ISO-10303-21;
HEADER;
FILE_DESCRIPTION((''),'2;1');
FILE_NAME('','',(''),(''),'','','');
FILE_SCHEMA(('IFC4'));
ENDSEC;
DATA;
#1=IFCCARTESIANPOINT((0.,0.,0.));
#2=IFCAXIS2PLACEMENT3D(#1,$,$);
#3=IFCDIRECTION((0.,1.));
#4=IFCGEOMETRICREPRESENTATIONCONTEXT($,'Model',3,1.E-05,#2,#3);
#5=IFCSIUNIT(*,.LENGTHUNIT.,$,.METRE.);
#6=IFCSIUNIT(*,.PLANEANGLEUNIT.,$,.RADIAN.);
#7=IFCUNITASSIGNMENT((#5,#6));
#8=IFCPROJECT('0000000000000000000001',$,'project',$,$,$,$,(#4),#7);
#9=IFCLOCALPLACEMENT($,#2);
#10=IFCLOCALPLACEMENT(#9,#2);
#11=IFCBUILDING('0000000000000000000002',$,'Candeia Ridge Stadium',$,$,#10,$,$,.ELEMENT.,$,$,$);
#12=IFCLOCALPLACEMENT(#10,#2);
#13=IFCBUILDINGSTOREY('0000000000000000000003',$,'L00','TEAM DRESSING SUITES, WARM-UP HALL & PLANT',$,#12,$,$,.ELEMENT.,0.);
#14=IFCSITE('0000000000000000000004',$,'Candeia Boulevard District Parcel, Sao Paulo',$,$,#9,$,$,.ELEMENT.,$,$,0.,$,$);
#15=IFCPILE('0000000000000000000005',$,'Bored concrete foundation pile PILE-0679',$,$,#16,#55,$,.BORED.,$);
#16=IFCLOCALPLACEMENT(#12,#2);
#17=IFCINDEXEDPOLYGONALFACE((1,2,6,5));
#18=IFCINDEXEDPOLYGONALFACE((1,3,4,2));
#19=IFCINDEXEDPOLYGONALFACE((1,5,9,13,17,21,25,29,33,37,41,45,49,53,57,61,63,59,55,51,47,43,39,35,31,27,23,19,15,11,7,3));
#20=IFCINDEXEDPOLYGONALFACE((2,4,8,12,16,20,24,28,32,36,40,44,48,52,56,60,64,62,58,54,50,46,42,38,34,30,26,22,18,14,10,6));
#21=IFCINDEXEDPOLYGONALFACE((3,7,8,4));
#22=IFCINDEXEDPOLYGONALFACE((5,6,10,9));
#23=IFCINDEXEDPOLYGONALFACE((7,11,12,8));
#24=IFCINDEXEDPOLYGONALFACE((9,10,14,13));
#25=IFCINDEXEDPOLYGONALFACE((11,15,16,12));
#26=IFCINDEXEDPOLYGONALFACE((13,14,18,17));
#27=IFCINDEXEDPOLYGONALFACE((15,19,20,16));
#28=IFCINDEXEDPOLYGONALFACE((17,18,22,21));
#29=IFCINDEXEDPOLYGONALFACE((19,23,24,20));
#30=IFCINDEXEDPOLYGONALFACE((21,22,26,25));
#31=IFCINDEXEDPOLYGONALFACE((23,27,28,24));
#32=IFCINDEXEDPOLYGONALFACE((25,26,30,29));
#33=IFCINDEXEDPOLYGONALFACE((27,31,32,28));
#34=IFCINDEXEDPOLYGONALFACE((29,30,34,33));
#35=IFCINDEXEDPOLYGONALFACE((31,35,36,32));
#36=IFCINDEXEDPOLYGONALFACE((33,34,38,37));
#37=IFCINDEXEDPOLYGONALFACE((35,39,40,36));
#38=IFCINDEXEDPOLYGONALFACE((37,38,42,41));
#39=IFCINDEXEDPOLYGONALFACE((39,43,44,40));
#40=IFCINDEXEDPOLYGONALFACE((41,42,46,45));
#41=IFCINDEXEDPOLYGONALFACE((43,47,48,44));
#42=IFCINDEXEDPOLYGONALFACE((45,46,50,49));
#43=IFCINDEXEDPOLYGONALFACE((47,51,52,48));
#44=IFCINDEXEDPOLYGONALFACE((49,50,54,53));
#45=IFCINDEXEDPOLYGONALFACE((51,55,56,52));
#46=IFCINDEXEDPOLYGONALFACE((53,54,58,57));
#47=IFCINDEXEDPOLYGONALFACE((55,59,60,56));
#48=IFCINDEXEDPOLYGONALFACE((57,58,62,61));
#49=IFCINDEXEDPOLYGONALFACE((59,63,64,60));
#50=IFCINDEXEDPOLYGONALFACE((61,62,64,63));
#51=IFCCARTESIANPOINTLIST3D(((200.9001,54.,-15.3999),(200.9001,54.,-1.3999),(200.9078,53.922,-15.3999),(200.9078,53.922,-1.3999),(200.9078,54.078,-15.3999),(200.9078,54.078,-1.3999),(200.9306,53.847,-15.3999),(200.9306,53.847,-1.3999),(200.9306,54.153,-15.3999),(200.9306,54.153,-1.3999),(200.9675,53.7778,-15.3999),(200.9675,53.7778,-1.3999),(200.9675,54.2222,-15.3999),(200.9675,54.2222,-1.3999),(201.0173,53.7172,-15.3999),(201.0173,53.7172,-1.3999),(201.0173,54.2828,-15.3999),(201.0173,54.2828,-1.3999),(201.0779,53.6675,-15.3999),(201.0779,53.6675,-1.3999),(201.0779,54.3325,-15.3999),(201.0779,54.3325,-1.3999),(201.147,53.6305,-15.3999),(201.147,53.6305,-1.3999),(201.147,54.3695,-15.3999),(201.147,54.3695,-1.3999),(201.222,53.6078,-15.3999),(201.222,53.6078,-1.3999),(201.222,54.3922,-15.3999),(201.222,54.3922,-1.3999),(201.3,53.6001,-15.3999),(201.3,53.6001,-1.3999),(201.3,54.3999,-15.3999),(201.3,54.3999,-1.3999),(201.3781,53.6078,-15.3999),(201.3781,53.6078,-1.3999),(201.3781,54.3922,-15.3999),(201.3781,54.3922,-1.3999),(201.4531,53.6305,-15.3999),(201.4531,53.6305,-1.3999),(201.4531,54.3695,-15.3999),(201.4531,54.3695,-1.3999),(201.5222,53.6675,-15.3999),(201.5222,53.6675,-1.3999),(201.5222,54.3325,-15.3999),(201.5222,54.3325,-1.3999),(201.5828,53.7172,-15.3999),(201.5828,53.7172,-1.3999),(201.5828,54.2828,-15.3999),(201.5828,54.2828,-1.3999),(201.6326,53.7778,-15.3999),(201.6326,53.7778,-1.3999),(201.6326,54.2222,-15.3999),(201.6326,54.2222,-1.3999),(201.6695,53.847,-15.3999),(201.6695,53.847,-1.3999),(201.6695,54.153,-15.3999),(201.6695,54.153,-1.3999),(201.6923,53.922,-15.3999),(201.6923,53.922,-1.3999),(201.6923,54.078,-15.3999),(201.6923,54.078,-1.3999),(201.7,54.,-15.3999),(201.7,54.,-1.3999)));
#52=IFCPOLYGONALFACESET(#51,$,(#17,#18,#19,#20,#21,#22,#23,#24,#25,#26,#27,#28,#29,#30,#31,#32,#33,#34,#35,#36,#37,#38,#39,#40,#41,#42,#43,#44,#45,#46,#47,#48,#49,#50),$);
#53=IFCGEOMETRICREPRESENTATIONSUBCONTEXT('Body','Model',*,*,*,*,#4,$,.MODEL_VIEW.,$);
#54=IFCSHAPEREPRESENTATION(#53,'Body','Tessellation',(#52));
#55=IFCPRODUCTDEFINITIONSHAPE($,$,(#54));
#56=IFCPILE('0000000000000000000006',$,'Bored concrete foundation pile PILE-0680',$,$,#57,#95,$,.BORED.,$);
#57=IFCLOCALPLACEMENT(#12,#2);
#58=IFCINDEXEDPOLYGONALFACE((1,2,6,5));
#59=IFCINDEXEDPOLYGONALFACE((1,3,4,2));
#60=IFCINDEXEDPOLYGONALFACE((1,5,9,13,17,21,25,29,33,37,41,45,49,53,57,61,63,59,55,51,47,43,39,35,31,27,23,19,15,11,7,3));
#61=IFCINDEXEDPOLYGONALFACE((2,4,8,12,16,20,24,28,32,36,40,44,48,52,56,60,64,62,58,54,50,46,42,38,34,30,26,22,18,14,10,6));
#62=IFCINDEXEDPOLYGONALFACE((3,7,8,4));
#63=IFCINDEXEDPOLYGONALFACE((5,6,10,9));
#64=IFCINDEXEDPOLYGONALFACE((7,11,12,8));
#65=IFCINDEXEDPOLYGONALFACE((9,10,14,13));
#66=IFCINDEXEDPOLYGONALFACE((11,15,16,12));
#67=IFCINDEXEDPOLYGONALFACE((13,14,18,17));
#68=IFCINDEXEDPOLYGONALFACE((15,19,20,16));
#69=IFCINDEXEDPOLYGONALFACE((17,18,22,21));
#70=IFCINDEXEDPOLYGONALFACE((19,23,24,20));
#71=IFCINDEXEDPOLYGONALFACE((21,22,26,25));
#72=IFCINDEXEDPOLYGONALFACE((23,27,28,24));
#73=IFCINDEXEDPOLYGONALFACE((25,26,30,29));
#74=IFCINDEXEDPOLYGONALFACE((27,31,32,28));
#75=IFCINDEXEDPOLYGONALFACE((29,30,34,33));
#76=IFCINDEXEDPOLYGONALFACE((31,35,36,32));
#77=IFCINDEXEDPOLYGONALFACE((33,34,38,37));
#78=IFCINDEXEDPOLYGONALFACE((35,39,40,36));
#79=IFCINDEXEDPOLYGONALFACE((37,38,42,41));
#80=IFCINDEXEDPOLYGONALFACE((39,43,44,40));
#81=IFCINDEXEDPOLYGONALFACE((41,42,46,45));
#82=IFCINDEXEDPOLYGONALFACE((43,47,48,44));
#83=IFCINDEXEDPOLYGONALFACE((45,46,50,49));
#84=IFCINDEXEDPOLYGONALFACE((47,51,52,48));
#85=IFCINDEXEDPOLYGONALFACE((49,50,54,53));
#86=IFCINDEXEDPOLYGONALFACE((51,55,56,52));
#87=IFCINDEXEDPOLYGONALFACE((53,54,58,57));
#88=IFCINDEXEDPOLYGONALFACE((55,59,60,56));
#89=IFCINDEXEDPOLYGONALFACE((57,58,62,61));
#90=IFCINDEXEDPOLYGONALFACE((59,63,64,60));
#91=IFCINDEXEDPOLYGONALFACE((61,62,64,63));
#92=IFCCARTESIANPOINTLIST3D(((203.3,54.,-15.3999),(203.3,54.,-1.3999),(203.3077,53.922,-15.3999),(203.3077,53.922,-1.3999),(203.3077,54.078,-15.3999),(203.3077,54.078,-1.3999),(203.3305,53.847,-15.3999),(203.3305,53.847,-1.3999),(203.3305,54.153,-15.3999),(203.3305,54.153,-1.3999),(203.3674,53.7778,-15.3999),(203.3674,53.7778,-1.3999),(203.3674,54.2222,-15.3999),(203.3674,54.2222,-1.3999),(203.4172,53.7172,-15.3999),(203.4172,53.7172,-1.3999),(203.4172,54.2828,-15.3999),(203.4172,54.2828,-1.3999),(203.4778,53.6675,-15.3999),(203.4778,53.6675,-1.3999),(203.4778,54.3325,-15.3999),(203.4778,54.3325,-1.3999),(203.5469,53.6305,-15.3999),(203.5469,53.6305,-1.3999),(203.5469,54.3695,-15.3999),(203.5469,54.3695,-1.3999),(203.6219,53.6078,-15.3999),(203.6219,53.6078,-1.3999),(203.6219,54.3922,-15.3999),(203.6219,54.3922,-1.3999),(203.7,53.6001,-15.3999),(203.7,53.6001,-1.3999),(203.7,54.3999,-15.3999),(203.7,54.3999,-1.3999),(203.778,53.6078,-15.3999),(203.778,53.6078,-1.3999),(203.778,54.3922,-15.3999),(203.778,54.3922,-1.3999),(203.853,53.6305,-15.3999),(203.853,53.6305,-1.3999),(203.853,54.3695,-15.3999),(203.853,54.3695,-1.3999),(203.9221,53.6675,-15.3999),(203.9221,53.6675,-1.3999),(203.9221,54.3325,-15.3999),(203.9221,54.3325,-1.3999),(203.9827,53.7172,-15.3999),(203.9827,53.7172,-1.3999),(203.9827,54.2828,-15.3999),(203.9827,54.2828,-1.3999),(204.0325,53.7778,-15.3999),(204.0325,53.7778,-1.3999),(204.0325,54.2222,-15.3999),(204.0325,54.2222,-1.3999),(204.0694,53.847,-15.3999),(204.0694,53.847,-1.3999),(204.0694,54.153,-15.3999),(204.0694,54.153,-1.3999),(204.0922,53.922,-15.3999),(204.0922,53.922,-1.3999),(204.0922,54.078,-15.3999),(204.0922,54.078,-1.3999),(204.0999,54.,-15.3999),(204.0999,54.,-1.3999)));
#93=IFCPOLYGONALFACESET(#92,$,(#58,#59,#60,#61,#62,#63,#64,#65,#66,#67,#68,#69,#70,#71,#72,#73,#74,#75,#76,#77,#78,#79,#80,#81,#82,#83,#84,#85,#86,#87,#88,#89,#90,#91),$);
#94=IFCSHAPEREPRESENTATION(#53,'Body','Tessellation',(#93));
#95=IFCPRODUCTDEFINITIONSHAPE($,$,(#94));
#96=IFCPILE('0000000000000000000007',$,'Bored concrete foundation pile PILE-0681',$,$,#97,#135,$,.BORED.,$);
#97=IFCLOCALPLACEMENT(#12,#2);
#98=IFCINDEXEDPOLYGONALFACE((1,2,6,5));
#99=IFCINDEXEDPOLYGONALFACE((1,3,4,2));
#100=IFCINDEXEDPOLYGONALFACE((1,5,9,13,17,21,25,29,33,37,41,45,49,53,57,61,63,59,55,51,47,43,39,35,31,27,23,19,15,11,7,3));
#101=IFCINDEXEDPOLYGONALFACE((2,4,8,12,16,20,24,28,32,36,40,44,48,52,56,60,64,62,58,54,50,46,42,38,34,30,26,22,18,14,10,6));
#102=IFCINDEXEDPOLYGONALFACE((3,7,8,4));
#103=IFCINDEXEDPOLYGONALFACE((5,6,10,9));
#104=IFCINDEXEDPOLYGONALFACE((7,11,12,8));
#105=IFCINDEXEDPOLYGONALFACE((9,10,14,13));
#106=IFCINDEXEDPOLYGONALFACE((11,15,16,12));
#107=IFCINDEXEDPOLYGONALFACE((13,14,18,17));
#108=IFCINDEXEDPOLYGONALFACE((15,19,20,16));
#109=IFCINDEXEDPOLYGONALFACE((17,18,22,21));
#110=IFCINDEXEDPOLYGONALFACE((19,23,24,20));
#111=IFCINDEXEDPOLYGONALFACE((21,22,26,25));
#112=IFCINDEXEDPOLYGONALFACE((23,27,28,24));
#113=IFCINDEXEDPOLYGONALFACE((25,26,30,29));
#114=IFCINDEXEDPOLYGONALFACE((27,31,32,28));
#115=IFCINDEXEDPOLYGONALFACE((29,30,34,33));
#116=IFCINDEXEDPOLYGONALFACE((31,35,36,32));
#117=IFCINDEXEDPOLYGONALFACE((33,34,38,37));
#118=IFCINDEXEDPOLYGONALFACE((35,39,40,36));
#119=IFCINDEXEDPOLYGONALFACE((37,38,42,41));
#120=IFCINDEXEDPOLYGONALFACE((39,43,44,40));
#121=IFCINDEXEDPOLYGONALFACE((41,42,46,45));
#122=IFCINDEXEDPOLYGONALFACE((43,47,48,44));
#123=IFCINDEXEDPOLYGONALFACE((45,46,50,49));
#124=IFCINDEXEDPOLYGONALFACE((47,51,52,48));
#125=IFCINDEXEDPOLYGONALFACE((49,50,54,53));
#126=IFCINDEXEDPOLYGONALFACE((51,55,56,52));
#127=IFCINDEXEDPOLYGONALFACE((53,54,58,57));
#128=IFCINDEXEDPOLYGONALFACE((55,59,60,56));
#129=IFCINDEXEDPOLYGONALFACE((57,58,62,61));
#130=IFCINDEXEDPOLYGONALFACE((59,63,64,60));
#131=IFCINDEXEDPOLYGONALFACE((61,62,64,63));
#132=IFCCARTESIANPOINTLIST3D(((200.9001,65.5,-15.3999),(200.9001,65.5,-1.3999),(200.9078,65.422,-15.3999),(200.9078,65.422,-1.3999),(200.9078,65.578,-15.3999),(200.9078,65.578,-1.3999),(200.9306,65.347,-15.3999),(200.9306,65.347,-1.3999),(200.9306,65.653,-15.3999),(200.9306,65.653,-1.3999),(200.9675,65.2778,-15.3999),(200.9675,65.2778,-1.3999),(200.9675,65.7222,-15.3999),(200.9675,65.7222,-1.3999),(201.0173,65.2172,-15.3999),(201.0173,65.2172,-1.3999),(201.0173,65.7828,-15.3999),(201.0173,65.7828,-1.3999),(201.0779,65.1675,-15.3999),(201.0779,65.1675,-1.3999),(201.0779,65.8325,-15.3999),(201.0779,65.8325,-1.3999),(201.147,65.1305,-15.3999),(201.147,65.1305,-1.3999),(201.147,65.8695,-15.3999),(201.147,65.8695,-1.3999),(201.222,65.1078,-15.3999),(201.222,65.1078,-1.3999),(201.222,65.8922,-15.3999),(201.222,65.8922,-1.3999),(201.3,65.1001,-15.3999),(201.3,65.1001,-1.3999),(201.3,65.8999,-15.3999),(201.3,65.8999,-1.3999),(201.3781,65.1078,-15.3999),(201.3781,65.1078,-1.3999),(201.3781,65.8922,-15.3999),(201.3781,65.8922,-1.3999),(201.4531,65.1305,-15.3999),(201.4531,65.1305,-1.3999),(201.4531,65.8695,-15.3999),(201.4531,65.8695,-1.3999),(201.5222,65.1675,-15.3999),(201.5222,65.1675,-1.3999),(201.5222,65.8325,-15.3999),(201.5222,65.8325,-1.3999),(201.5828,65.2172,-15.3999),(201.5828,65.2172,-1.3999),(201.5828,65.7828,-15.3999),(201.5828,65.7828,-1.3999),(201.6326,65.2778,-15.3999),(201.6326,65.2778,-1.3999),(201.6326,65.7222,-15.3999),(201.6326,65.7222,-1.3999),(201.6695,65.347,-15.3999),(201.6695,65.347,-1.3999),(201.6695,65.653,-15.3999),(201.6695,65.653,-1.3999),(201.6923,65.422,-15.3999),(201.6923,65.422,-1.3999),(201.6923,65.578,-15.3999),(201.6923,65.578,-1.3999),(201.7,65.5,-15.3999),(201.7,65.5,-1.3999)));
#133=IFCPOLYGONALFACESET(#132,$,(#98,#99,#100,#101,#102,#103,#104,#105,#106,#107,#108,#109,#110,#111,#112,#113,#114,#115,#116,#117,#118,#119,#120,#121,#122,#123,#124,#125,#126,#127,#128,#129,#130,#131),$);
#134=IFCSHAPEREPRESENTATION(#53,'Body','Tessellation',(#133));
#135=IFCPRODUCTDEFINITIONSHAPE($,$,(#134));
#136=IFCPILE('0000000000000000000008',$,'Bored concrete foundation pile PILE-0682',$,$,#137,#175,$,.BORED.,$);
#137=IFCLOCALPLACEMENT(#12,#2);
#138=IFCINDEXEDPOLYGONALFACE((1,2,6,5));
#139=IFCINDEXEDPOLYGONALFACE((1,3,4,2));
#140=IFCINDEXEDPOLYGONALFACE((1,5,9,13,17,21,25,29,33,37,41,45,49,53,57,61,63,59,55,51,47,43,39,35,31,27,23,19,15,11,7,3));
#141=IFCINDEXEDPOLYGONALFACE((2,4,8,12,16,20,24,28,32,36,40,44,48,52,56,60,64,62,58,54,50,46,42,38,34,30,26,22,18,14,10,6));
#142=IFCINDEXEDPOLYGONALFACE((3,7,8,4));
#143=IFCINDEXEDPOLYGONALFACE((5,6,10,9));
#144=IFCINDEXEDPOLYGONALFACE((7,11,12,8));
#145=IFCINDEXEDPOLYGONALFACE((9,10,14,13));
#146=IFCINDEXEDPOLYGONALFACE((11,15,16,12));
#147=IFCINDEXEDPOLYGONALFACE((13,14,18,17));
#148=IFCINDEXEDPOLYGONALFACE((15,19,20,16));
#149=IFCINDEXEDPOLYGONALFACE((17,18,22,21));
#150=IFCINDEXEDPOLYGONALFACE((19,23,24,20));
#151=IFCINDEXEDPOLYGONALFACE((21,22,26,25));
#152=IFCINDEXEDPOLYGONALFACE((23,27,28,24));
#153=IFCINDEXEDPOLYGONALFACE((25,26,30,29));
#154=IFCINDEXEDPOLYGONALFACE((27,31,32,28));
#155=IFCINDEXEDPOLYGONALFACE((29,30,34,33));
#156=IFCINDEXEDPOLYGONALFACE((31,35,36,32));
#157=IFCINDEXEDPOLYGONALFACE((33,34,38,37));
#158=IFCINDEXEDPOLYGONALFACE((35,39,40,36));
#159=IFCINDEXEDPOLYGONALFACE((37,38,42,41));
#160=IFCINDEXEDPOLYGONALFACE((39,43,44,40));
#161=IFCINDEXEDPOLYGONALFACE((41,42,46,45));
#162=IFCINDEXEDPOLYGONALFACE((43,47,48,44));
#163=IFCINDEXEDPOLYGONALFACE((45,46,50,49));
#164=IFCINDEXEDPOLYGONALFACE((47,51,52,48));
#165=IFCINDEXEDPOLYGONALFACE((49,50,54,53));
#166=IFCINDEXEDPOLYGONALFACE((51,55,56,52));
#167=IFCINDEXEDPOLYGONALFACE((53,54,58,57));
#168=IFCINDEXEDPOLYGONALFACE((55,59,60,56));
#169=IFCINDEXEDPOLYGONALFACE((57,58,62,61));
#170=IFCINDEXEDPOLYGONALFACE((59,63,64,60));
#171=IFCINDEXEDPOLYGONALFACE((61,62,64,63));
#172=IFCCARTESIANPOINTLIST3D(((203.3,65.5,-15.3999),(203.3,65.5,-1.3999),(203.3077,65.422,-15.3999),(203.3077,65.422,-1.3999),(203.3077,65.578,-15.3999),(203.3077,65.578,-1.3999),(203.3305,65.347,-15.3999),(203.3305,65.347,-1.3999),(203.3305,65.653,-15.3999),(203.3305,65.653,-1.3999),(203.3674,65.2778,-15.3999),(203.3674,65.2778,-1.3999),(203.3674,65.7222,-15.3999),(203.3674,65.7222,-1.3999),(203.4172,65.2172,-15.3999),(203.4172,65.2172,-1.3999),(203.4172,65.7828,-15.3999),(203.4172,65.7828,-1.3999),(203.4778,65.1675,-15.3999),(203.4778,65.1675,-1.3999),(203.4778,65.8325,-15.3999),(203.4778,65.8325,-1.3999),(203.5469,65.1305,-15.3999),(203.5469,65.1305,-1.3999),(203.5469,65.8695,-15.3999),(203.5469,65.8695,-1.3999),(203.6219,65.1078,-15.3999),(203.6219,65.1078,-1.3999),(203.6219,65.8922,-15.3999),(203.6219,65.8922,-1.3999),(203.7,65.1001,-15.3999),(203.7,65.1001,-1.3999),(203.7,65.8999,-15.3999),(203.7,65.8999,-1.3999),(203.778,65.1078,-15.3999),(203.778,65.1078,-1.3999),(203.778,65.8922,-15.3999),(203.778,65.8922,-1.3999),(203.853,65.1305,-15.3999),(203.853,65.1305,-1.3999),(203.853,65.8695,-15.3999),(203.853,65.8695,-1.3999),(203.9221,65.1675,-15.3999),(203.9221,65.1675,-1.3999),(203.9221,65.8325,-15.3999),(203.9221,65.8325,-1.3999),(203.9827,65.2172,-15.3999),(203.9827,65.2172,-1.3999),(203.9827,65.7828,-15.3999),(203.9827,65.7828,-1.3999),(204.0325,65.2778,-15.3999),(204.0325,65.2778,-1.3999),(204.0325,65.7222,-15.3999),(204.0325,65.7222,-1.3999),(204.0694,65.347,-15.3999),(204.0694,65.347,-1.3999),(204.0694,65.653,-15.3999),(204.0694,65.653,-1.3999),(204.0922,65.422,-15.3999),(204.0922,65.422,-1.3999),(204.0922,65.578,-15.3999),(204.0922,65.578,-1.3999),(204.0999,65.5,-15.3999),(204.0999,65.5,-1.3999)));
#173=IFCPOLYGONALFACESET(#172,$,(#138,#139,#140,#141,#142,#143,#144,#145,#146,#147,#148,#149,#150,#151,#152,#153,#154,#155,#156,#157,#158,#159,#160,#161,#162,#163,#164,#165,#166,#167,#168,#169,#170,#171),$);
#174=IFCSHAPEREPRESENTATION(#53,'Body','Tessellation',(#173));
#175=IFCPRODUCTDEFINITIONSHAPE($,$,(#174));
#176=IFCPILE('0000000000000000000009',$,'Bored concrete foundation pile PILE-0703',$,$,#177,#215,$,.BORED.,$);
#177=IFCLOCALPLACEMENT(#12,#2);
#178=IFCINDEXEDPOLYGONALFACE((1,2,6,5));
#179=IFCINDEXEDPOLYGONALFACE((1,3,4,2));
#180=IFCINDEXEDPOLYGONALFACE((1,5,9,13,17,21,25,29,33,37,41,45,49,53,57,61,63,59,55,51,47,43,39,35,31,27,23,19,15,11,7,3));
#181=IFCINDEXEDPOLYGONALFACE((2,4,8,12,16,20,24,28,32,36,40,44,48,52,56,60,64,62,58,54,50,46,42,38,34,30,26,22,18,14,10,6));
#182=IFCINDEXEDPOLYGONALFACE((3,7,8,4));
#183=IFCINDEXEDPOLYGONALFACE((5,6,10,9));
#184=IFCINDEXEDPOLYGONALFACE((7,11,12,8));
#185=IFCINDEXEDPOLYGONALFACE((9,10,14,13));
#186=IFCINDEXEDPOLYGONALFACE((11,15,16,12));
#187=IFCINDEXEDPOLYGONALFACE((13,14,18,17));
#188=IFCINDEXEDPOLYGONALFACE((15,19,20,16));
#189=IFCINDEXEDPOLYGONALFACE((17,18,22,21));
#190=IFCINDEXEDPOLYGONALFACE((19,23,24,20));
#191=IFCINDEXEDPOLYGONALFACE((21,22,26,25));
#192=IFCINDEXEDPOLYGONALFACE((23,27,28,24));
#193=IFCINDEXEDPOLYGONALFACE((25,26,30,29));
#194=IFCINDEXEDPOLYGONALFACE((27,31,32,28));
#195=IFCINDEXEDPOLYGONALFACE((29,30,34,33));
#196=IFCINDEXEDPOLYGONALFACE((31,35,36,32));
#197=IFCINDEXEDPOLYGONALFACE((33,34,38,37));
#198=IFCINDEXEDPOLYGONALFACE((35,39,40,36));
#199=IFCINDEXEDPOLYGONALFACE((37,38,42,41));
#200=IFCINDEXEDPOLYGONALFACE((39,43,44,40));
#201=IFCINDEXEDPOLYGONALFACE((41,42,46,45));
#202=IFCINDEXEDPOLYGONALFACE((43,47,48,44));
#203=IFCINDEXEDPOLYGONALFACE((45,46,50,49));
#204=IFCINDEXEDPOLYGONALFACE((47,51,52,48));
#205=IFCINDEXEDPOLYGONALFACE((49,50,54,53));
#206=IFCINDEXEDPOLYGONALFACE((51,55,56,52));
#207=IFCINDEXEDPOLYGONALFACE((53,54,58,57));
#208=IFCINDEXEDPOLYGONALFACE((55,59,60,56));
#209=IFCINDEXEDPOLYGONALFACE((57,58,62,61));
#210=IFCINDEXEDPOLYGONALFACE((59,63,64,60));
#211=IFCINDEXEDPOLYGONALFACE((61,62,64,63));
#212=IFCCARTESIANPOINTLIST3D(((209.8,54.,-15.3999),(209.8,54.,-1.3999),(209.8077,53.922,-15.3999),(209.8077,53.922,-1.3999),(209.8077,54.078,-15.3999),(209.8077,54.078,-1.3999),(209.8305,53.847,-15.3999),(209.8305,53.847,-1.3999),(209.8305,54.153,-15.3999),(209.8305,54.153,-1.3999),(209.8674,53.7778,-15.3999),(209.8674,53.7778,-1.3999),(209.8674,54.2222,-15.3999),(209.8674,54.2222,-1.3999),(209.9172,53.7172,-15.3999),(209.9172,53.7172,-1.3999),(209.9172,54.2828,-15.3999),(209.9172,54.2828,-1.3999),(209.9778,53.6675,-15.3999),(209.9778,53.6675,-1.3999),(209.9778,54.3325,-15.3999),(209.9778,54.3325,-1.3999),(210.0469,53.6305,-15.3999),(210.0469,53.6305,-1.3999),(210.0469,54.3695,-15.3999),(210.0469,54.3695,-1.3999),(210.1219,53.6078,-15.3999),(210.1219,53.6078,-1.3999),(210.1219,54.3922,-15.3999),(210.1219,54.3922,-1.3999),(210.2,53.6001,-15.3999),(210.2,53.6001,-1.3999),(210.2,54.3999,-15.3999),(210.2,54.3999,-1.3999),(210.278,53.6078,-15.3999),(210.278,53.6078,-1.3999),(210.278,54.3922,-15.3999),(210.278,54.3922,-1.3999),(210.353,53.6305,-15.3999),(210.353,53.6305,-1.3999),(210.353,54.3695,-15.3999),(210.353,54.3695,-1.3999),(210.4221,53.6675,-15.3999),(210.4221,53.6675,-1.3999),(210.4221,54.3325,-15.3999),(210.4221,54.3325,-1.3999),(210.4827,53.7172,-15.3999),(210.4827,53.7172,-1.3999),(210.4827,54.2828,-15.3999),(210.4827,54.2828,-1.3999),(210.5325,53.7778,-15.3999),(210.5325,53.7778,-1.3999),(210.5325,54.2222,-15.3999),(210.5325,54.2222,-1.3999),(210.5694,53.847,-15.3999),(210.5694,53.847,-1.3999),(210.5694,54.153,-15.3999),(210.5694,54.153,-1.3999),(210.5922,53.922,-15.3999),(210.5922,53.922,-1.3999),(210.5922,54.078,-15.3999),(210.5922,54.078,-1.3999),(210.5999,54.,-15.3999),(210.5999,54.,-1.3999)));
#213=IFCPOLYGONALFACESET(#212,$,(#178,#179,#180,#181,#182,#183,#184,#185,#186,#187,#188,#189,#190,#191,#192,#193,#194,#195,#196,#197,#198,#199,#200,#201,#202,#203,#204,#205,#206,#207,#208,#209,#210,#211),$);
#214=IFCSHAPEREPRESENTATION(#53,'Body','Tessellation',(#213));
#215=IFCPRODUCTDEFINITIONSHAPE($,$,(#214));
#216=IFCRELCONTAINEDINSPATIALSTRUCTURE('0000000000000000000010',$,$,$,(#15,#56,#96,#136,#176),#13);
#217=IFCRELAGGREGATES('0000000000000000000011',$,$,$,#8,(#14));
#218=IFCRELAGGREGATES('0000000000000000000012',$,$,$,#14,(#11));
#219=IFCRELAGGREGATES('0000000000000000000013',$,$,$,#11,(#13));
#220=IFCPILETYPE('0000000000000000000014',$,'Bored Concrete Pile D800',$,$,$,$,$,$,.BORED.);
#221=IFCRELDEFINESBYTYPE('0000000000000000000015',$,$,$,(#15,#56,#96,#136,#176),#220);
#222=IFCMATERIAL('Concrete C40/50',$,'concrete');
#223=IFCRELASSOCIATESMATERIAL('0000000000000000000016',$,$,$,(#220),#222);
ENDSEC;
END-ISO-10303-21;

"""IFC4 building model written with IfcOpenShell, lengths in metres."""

from ifc_helpers import new_model, si_unit, direction, frame, origin, origin_2d, place, context, subcontext, project, spatial, circle, extrude, material, material_profile, profile_set, type_object, element, save


model = new_model("IFC4")

# Units and contexts
model_context = context("Model", 3, precision=1e-05, world=origin(), true_north=direction((0.0, 1.0)))
body_context = subcontext(model_context, "Body", "Model", "MODEL_VIEW")
ifc_project = project(units=[si_unit("LENGTHUNIT", "METRE"), si_unit("PLANEANGLEUNIT", "RADIAN")], contexts=[model_context])

# Site, building, storey
site_placement = place(None, origin())
site = spatial("IfcSite", under=ifc_project, at=site_placement, Name="Candeia Boulevard District Parcel, Sao Paulo", CompositionType="ELEMENT", RefElevation=0.0)
building_placement = place(site_placement, origin())
building = spatial("IfcBuilding", under=site, at=building_placement, Name="Candeia Ridge Stadium", CompositionType="ELEMENT")
storey_placement = place(building_placement, origin())
storey = spatial("IfcBuildingStorey", under=building, at=storey_placement, Name="L00", Description="TEAM DRESSING SUITES, WARM-UP HALL & PLANT", CompositionType="ELEMENT", Elevation=0.0)

# Piles
ifc_material_1 = material(Name="Concrete C40/50", Category="concrete")
ifc_material_profile_1 = material_profile(ifc_material_1, circle(Radius=0.3999, at=origin_2d()), Name="PILE-D800", Category="concrete")
ifc_profile_set_1 = profile_set([ifc_material_profile_1], Name="Concrete C40/50")
pile_type = type_object("IfcPileType", Name="Bored Concrete Pile D800", PredefinedType="BORED", material=ifc_profile_set_1)
for number, where, z_axis, x_axis, name in (
    (1, (201.3, 54.0, -1.3999), (0.0, 0.0, -1.0), (1.0, 0.0, 0.0), "Bored concrete foundation pile PILE-0679"),
    (2, (203.7, 54.0, -1.3999), (0.0, 0.0, -1.0), (1.0, 0.0, 0.0), "Bored concrete foundation pile PILE-0680"),
    (3, (201.3, 65.5, -1.3999), (0.0, 0.0, -1.0), (1.0, 0.0, 0.0), "Bored concrete foundation pile PILE-0681"),
    (4, (203.7, 65.5, -1.3999), (0.0, 0.0, -1.0), (1.0, 0.0, 0.0), "Bored concrete foundation pile PILE-0682"),
    (5, (210.2, 54.0, -1.3999), (0.0, 0.0, -1.0), (1.0, 0.0, 0.0), "Bored concrete foundation pile PILE-0703"),
):
    element("IfcPile", number, at=place(storey_placement, frame(where, z_axis=z_axis, x_axis=x_axis)), inside=storey, type_object=pile_type, Name=name, PredefinedType="BORED", context=body_context, shape_type="SweptSolid", body=[
        extrude(circle(Radius=0.3999, at=origin_2d()), origin(), (0.0, 0.0, 1.0), 14.0),
    ])

save(model, "model.ifc")
